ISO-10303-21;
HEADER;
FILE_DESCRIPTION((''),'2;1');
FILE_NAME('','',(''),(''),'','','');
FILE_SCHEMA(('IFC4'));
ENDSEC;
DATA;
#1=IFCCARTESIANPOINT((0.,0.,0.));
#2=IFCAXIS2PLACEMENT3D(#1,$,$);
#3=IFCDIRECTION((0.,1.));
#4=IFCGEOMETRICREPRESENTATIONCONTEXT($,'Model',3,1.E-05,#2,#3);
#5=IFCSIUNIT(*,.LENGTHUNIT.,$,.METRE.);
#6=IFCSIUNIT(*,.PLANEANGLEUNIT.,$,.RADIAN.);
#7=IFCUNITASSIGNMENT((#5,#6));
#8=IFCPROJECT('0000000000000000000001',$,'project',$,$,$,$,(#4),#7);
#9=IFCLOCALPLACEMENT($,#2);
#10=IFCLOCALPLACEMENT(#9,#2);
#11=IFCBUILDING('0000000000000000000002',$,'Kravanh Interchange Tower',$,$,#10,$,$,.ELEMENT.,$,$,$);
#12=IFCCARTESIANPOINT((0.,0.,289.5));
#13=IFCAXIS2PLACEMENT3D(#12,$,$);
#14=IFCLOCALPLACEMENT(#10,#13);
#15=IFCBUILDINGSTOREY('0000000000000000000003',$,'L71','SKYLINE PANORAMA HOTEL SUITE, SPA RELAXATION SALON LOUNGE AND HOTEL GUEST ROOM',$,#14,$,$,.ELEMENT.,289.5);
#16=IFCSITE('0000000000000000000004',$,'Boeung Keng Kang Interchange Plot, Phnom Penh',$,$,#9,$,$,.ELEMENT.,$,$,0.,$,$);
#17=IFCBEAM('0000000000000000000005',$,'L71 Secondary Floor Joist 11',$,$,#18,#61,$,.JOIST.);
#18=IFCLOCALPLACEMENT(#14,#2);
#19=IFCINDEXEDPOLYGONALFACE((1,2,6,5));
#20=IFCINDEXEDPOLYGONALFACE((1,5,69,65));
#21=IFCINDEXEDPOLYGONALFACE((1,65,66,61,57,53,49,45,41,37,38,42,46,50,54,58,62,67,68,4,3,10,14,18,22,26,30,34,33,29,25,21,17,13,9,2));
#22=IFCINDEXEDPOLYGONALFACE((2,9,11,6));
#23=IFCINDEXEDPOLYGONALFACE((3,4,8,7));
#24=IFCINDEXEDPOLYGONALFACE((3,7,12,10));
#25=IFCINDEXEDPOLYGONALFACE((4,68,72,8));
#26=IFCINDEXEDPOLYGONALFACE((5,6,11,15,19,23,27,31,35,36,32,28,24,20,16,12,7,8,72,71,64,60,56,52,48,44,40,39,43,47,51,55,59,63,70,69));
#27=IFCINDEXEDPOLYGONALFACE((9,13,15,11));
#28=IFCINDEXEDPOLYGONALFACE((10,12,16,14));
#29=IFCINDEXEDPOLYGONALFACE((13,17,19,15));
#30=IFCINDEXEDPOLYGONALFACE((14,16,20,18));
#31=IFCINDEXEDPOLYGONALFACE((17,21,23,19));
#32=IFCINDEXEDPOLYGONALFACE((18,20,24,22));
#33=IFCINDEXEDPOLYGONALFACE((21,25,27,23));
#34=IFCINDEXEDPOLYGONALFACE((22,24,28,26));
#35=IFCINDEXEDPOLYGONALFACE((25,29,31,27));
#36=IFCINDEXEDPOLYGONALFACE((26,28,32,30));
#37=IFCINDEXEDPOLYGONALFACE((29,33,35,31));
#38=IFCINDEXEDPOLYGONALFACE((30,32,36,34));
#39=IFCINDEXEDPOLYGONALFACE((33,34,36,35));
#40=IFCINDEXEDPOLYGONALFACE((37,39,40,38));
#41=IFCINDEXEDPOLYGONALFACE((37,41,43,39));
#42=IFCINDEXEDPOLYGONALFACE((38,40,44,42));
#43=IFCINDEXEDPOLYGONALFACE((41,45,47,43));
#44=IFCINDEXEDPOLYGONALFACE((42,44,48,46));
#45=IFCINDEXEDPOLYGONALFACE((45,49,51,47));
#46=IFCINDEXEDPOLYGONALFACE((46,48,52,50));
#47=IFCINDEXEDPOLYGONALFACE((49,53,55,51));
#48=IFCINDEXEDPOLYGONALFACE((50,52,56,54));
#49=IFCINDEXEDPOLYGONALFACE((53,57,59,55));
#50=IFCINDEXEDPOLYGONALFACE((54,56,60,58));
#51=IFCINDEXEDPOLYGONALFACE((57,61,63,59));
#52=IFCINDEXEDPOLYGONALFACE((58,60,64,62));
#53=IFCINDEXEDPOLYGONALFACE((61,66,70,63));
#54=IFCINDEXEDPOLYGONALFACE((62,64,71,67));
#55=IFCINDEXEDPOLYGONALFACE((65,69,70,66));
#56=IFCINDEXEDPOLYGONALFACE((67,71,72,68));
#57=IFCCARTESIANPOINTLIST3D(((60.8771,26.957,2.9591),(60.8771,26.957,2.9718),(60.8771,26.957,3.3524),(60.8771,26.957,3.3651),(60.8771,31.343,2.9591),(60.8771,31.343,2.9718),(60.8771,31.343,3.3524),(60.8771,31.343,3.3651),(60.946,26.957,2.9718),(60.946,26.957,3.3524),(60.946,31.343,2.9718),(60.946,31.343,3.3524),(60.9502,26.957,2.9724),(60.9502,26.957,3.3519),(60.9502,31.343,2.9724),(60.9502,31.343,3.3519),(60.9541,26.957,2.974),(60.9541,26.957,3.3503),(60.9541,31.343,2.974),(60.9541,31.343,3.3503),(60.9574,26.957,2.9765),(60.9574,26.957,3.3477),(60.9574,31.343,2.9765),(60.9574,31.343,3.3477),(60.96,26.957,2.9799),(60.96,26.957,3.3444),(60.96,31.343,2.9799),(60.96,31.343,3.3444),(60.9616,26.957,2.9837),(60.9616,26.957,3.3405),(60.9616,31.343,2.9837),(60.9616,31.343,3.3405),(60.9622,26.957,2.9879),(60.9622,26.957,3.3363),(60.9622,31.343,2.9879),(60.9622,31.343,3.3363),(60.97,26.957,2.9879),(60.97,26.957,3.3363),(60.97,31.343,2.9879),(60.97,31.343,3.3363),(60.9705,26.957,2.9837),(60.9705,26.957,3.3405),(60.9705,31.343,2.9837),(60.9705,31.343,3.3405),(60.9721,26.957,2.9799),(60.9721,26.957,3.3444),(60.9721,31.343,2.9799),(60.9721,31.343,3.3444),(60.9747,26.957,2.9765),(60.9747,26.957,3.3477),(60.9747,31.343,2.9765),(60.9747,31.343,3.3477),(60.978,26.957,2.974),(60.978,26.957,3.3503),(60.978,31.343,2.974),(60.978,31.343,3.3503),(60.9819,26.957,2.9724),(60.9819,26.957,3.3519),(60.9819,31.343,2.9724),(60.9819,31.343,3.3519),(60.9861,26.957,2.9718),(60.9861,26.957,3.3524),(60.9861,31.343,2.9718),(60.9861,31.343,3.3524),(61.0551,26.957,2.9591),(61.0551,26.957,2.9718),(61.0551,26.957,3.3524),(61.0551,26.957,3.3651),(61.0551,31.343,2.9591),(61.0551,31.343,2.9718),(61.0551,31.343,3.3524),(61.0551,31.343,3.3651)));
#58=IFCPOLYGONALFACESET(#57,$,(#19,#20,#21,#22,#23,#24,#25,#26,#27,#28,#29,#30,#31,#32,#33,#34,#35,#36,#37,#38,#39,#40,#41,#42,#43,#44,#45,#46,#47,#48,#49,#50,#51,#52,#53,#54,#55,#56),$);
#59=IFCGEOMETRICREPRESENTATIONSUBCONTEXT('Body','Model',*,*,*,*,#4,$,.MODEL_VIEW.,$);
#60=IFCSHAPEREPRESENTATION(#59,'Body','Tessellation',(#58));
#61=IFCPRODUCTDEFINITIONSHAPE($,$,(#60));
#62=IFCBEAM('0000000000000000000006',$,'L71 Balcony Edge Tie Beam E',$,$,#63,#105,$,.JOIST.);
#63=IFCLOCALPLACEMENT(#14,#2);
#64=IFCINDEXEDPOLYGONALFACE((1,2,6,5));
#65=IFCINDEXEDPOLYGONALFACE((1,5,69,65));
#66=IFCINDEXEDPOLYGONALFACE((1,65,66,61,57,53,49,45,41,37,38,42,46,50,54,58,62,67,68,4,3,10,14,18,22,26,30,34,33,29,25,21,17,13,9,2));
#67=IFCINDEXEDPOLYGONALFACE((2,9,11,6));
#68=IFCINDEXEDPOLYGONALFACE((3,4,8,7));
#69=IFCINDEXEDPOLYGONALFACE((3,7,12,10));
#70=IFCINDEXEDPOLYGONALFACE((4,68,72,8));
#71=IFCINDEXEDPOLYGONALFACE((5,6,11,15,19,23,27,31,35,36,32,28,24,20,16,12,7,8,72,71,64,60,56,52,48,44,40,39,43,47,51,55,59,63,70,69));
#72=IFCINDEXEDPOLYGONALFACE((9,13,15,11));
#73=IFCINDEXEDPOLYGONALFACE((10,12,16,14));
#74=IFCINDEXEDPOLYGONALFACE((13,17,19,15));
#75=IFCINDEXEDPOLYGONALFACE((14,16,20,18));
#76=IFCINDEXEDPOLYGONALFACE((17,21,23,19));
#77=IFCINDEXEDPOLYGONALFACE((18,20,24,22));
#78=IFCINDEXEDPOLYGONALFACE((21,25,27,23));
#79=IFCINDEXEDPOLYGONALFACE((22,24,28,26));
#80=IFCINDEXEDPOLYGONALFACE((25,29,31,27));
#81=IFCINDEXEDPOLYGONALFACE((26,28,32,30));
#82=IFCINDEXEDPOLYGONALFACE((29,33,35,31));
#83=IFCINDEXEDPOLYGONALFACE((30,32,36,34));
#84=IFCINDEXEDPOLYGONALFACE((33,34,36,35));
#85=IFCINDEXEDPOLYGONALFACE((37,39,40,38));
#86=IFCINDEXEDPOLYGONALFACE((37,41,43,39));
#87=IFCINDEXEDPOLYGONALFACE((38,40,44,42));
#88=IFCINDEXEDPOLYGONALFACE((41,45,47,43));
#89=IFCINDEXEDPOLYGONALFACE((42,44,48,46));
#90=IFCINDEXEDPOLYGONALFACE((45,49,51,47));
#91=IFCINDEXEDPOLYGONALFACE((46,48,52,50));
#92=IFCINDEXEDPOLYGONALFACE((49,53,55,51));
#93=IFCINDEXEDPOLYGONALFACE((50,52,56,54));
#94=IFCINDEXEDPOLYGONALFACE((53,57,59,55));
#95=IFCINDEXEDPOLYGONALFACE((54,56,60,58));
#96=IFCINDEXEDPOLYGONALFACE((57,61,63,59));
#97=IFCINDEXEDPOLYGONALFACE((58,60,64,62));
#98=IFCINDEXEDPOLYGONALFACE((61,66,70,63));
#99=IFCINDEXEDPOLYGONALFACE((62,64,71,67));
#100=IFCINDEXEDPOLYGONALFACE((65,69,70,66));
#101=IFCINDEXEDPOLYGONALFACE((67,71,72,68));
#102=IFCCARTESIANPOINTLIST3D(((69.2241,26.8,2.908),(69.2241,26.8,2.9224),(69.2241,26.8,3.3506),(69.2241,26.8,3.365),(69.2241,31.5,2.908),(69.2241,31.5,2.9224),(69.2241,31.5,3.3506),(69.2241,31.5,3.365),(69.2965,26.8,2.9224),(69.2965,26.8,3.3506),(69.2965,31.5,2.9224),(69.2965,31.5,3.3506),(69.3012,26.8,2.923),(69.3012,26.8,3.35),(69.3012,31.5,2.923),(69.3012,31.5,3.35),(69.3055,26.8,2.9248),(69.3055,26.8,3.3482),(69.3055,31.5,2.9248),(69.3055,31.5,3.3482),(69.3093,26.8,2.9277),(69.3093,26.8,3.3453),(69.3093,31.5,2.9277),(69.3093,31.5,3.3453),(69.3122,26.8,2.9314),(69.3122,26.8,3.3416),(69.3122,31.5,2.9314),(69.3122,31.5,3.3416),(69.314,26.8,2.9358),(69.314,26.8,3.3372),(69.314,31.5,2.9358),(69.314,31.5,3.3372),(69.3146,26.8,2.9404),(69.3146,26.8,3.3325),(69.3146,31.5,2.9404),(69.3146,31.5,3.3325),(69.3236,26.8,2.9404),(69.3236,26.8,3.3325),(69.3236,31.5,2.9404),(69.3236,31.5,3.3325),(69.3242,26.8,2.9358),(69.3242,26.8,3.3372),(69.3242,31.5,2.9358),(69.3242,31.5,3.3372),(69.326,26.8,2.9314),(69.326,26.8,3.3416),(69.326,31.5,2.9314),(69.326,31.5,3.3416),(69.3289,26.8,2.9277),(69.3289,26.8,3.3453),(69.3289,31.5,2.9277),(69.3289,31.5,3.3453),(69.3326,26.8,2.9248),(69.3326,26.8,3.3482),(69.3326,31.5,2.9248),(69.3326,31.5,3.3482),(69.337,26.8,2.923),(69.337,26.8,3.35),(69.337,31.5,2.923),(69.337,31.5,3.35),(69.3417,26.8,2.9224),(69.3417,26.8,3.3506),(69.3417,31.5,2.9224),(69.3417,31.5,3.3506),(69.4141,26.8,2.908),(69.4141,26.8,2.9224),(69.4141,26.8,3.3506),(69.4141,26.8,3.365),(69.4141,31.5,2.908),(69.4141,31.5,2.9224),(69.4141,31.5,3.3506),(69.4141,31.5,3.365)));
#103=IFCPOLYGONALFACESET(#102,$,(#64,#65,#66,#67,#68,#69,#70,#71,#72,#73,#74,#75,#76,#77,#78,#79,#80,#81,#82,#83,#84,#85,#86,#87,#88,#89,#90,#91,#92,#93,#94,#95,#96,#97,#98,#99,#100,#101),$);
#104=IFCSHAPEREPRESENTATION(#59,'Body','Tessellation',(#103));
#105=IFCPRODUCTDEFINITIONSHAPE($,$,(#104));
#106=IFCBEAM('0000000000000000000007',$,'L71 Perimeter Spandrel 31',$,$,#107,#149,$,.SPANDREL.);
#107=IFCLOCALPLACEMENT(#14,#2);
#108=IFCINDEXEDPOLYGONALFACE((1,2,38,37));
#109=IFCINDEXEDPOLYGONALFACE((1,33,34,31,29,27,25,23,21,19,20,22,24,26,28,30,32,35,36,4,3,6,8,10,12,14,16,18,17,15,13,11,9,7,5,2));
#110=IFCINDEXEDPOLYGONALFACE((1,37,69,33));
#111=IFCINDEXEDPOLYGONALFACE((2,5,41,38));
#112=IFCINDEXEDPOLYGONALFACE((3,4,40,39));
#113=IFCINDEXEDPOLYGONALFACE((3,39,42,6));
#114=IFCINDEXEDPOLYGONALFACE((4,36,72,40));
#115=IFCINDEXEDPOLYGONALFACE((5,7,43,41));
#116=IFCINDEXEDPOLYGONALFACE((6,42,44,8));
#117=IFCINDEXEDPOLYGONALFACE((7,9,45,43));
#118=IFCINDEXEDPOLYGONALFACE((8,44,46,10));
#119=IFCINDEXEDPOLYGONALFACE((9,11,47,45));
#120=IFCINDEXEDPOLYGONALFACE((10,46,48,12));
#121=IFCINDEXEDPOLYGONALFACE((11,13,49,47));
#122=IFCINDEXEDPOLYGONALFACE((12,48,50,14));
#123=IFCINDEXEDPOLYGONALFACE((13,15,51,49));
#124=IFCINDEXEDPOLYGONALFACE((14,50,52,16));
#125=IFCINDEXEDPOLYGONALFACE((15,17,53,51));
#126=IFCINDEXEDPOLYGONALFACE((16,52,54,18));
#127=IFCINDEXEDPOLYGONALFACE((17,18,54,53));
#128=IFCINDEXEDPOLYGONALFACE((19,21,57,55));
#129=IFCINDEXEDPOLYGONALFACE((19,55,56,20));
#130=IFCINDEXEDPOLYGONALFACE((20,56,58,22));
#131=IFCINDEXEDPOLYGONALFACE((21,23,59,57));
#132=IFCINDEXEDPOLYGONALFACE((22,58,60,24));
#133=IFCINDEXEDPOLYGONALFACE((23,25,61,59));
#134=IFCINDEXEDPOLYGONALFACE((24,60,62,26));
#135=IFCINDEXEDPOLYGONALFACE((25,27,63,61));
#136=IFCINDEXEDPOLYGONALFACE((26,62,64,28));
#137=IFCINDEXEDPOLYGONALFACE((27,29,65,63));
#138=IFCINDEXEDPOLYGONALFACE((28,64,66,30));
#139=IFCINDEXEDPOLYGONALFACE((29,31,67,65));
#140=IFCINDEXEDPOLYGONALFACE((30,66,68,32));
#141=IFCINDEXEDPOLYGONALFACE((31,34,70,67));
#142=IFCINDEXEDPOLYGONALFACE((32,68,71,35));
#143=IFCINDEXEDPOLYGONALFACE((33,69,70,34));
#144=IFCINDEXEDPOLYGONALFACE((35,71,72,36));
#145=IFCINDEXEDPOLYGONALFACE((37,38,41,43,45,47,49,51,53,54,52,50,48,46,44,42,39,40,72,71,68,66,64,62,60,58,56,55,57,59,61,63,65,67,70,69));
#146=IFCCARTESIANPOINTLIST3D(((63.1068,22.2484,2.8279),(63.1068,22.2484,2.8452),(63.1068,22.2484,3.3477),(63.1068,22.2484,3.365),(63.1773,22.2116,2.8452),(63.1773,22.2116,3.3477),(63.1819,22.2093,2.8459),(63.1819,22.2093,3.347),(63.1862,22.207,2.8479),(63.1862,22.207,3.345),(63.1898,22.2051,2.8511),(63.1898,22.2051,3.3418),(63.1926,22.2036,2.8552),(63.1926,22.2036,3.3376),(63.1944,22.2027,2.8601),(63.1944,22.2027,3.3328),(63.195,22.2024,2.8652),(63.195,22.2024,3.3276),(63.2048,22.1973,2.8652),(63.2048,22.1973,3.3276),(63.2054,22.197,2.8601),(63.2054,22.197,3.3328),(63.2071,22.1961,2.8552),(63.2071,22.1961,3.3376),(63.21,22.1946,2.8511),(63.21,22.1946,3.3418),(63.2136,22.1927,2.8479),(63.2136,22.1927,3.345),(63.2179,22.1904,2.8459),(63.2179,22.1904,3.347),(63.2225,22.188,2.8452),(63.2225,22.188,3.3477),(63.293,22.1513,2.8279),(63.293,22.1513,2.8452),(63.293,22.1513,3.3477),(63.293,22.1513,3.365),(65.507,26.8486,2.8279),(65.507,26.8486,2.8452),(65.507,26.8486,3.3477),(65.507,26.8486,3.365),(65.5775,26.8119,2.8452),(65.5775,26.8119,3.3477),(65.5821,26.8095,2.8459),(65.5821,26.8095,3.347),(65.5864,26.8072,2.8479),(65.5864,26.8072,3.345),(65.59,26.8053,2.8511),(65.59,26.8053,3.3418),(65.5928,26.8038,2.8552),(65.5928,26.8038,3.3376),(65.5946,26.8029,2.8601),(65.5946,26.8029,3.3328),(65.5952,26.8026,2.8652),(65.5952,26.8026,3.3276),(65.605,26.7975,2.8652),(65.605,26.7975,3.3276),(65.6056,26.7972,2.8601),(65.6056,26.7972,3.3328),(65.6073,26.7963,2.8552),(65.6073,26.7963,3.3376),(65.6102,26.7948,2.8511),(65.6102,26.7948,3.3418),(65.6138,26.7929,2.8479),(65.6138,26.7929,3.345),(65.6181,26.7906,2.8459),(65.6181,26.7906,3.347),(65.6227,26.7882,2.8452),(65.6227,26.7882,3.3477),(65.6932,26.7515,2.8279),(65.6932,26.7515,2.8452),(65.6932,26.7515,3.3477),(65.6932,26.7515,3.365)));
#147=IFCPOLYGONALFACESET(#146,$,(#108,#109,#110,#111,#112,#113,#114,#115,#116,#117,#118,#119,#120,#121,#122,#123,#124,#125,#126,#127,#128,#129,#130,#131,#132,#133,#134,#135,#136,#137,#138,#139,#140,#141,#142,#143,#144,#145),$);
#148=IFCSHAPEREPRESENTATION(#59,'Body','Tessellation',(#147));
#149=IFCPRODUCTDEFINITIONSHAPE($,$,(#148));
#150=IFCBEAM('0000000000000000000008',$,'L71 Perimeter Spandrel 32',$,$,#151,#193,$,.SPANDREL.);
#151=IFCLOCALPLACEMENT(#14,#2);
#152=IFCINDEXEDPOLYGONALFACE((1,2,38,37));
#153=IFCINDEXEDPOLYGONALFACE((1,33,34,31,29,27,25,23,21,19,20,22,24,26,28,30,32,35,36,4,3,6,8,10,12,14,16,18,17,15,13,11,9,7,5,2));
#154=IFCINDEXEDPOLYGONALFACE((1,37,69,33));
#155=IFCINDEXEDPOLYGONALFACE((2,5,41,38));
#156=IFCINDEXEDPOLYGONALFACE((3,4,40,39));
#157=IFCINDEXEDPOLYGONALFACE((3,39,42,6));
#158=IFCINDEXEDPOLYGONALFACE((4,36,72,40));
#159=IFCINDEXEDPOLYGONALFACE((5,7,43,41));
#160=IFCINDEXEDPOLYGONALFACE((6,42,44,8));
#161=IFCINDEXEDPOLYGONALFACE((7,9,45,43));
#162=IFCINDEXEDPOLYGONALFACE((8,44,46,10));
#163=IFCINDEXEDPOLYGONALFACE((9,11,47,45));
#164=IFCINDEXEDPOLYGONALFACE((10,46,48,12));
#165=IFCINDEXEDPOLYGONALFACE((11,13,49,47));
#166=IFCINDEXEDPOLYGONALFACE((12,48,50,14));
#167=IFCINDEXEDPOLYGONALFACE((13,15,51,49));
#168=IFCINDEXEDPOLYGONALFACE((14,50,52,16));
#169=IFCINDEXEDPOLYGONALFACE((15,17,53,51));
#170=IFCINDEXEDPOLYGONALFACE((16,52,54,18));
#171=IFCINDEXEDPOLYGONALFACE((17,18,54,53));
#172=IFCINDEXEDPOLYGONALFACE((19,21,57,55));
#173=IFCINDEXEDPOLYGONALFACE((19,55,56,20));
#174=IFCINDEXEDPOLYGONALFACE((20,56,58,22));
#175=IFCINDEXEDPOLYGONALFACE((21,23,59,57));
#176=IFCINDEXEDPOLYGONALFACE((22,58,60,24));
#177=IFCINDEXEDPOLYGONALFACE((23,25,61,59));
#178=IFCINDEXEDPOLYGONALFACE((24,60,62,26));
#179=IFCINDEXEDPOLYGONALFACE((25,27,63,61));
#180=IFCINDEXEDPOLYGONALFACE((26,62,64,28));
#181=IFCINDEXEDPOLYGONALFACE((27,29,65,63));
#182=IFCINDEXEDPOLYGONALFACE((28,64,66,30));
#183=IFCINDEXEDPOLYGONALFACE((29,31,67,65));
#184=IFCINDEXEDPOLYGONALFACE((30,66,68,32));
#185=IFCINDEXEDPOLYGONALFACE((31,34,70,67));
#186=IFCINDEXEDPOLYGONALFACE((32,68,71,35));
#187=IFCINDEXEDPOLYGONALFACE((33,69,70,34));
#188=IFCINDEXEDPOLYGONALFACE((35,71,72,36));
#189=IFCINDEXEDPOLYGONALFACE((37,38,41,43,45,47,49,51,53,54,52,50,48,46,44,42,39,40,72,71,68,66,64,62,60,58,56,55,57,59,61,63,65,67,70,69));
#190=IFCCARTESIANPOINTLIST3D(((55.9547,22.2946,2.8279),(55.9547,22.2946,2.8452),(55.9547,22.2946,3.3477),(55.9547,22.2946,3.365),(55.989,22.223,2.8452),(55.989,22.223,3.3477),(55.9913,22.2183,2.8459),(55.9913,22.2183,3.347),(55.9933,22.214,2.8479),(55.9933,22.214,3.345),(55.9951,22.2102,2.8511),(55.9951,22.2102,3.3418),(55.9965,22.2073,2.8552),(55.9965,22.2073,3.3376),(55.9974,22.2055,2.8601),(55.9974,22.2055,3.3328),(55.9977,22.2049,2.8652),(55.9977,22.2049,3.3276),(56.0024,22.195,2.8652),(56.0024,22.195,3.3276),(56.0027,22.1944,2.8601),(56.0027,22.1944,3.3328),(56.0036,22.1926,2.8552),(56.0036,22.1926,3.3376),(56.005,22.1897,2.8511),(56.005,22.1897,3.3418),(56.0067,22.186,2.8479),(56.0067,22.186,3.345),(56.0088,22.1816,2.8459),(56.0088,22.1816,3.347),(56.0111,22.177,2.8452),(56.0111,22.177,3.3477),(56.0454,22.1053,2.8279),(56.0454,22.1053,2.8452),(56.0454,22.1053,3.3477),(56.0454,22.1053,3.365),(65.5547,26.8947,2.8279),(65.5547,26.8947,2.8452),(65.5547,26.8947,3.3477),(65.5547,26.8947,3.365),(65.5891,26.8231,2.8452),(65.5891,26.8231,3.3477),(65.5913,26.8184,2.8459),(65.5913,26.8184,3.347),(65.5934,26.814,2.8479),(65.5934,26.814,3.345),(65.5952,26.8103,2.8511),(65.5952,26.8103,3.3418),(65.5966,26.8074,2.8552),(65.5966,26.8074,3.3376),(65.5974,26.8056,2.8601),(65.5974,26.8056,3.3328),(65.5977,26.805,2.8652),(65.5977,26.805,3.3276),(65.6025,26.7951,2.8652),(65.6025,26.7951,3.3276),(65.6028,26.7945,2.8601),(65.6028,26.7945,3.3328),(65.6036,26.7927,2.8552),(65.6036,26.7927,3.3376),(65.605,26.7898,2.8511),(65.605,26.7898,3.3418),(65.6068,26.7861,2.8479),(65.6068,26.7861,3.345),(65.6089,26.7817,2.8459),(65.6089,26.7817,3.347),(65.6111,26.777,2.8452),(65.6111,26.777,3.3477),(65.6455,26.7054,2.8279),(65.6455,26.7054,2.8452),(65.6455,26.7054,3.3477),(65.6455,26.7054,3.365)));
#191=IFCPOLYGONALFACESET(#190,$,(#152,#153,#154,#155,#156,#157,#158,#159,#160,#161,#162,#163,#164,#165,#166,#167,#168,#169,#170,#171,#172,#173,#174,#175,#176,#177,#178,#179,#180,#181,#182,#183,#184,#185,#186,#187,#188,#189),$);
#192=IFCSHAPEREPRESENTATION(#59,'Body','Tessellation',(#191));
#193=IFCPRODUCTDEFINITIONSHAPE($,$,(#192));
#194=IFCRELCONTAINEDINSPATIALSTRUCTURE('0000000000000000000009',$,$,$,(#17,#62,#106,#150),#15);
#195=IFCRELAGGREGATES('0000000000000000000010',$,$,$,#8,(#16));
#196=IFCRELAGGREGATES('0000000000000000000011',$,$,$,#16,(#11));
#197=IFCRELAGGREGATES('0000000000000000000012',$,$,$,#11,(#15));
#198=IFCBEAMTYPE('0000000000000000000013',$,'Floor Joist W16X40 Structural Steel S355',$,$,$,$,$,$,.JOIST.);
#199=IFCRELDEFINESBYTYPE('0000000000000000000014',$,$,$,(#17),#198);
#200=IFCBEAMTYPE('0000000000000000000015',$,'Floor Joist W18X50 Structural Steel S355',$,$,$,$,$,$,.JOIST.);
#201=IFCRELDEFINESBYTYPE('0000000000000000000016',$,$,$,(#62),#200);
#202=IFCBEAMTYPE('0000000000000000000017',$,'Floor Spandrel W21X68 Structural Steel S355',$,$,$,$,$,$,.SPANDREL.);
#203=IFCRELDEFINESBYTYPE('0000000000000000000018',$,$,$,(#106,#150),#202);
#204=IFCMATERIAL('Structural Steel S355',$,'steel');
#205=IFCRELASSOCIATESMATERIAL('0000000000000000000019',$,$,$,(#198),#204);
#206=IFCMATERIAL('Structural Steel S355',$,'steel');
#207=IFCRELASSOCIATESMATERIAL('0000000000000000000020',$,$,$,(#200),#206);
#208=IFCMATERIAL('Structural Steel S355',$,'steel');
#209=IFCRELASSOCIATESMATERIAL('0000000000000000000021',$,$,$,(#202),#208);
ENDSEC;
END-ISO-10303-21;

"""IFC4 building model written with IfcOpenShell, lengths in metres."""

from ifc_helpers import new_model, si_unit, direction, frame, origin, origin_2d, place, context, subcontext, project, spatial, i_section, extrude, material, material_profile, profile_set, type_object, element, save


model = new_model("IFC4")

# Units and contexts
model_context = context("Model", 3, precision=1e-05, world=origin(), true_north=direction((0.0, 1.0)))
body_context = subcontext(model_context, "Body", "Model", "MODEL_VIEW")
ifc_project = project(units=[si_unit("LENGTHUNIT", "METRE"), si_unit("PLANEANGLEUNIT", "RADIAN")], contexts=[model_context])

# Site, building, storey
site_placement = place(None, origin())
site = spatial("IfcSite", under=ifc_project, at=site_placement, Name="Boeung Keng Kang Interchange Plot, Phnom Penh", CompositionType="ELEMENT", RefElevation=0.0)
building_placement = place(site_placement, origin())
building = spatial("IfcBuilding", under=site, at=building_placement, Name="Kravanh Interchange Tower", CompositionType="ELEMENT")
storey_placement = place(building_placement, frame((0.0, 0.0, 289.5)))
storey = spatial("IfcBuildingStorey", under=building, at=storey_placement, Name="L71", Description="SKYLINE PANORAMA HOTEL SUITE, SPA RELAXATION SALON LOUNGE AND HOTEL GUEST ROOM", CompositionType="ELEMENT", Elevation=289.5)

# Beams
ifc_material_1 = material(Name="Structural Steel S355", Category="steel")
ifc_material_profile_1 = material_profile(ifc_material_1, i_section(OverallWidth=0.178, OverallDepth=0.406, WebThickness=0.0078, FlangeThickness=0.0127, FilletRadius=0.0161, at=origin_2d()), Name="W16X40")
ifc_profile_set_1 = profile_set([ifc_material_profile_1], Name="Structural Steel S355")
beam_type_1 = type_object("IfcBeamType", Name="Floor Joist W16X40 Structural Steel S355", PredefinedType="JOIST", material=ifc_profile_set_1)
beam_1_placement = place(storey_placement, frame((60.9661, 26.957, 3.1621), z_axis=(0.0, 1.0, 0.0), x_axis=(-1.0, 0.0, 0.0)))
element("IfcBeam", 1, at=beam_1_placement, inside=storey, type_object=beam_type_1, Name="L71 Secondary Floor Joist 11", PredefinedType="JOIST", context=body_context, shape_type="SweptSolid", body=[
    extrude(i_section(OverallWidth=0.178, OverallDepth=0.406, WebThickness=0.0078, FlangeThickness=0.0127, FilletRadius=0.0161, at=origin_2d()), origin(), (0.0, 0.0, 1.0), 4.386),
])
ifc_material_2 = material(Name="Structural Steel S355", Category="steel")
ifc_material_profile_2 = material_profile(ifc_material_2, i_section(OverallWidth=0.1899, OverallDepth=0.457, WebThickness=0.009, FlangeThickness=0.0144, FilletRadius=0.0181, at=origin_2d()), Name="W18X50")
ifc_profile_set_2 = profile_set([ifc_material_profile_2], Name="Structural Steel S355")
beam_type_2 = type_object("IfcBeamType", Name="Floor Joist W18X50 Structural Steel S355", PredefinedType="JOIST", material=ifc_profile_set_2)
beam_2_placement = place(storey_placement, frame((69.3191, 26.8, 3.1365), z_axis=(0.0, 1.0, 0.0), x_axis=(-1.0, 0.0, 0.0)))
element("IfcBeam", 2, at=beam_2_placement, inside=storey, type_object=beam_type_2, Name="L71 Balcony Edge Tie Beam E", PredefinedType="JOIST", context=body_context, shape_type="SweptSolid", body=[
    extrude(i_section(OverallWidth=0.1899, OverallDepth=0.457, WebThickness=0.009, FlangeThickness=0.0144, FilletRadius=0.0181, at=origin_2d()), origin(), (0.0, 0.0, 1.0), 4.7),
])
ifc_material_3 = material(Name="Structural Steel S355", Category="steel")
ifc_material_profile_3 = material_profile(ifc_material_3, i_section(OverallWidth=0.21, OverallDepth=0.5371, WebThickness=0.011, FlangeThickness=0.0173, FilletRadius=0.02, at=origin_2d()), Name="W21X68")
ifc_profile_set_3 = profile_set([ifc_material_profile_3], Name="Structural Steel S355")
beam_type_3 = type_object("IfcBeamType", Name="Floor Spandrel W21X68 Structural Steel S355", PredefinedType="SPANDREL", material=ifc_profile_set_3)
beam_3_placement = place(storey_placement, frame((65.6001, 26.8, 3.0964), z_axis=(-0.46258, -0.886577, 0.0), x_axis=(0.886577, -0.46258, 0.0)))
element("IfcBeam", 3, at=beam_3_placement, inside=storey, type_object=beam_type_3, Name="L71 Perimeter Spandrel 31", PredefinedType="SPANDREL", context=body_context, shape_type="SweptSolid", body=[
    extrude(i_section(OverallWidth=0.21, OverallDepth=0.5371, WebThickness=0.011, FlangeThickness=0.0173, FilletRadius=0.02, at=origin_2d()), origin(), (0.0, 0.0, 1.0), 5.1887),
])
beam_4_placement = place(storey_placement, frame((65.6001, 26.8, 3.0964), z_axis=(-0.901814, -0.432124, 0.0), x_axis=(0.432124, -0.901814, 0.0)))
element("IfcBeam", 4, at=beam_4_placement, inside=storey, type_object=beam_type_3, Name="L71 Perimeter Spandrel 32", PredefinedType="SPANDREL", context=body_context, shape_type="SweptSolid", body=[
    extrude(i_section(OverallWidth=0.21, OverallDepth=0.5371, WebThickness=0.011, FlangeThickness=0.0173, FilletRadius=0.02, at=origin_2d()), origin(), (0.0, 0.0, 1.0), 10.6453),
])

save(model, "model.ifc")
